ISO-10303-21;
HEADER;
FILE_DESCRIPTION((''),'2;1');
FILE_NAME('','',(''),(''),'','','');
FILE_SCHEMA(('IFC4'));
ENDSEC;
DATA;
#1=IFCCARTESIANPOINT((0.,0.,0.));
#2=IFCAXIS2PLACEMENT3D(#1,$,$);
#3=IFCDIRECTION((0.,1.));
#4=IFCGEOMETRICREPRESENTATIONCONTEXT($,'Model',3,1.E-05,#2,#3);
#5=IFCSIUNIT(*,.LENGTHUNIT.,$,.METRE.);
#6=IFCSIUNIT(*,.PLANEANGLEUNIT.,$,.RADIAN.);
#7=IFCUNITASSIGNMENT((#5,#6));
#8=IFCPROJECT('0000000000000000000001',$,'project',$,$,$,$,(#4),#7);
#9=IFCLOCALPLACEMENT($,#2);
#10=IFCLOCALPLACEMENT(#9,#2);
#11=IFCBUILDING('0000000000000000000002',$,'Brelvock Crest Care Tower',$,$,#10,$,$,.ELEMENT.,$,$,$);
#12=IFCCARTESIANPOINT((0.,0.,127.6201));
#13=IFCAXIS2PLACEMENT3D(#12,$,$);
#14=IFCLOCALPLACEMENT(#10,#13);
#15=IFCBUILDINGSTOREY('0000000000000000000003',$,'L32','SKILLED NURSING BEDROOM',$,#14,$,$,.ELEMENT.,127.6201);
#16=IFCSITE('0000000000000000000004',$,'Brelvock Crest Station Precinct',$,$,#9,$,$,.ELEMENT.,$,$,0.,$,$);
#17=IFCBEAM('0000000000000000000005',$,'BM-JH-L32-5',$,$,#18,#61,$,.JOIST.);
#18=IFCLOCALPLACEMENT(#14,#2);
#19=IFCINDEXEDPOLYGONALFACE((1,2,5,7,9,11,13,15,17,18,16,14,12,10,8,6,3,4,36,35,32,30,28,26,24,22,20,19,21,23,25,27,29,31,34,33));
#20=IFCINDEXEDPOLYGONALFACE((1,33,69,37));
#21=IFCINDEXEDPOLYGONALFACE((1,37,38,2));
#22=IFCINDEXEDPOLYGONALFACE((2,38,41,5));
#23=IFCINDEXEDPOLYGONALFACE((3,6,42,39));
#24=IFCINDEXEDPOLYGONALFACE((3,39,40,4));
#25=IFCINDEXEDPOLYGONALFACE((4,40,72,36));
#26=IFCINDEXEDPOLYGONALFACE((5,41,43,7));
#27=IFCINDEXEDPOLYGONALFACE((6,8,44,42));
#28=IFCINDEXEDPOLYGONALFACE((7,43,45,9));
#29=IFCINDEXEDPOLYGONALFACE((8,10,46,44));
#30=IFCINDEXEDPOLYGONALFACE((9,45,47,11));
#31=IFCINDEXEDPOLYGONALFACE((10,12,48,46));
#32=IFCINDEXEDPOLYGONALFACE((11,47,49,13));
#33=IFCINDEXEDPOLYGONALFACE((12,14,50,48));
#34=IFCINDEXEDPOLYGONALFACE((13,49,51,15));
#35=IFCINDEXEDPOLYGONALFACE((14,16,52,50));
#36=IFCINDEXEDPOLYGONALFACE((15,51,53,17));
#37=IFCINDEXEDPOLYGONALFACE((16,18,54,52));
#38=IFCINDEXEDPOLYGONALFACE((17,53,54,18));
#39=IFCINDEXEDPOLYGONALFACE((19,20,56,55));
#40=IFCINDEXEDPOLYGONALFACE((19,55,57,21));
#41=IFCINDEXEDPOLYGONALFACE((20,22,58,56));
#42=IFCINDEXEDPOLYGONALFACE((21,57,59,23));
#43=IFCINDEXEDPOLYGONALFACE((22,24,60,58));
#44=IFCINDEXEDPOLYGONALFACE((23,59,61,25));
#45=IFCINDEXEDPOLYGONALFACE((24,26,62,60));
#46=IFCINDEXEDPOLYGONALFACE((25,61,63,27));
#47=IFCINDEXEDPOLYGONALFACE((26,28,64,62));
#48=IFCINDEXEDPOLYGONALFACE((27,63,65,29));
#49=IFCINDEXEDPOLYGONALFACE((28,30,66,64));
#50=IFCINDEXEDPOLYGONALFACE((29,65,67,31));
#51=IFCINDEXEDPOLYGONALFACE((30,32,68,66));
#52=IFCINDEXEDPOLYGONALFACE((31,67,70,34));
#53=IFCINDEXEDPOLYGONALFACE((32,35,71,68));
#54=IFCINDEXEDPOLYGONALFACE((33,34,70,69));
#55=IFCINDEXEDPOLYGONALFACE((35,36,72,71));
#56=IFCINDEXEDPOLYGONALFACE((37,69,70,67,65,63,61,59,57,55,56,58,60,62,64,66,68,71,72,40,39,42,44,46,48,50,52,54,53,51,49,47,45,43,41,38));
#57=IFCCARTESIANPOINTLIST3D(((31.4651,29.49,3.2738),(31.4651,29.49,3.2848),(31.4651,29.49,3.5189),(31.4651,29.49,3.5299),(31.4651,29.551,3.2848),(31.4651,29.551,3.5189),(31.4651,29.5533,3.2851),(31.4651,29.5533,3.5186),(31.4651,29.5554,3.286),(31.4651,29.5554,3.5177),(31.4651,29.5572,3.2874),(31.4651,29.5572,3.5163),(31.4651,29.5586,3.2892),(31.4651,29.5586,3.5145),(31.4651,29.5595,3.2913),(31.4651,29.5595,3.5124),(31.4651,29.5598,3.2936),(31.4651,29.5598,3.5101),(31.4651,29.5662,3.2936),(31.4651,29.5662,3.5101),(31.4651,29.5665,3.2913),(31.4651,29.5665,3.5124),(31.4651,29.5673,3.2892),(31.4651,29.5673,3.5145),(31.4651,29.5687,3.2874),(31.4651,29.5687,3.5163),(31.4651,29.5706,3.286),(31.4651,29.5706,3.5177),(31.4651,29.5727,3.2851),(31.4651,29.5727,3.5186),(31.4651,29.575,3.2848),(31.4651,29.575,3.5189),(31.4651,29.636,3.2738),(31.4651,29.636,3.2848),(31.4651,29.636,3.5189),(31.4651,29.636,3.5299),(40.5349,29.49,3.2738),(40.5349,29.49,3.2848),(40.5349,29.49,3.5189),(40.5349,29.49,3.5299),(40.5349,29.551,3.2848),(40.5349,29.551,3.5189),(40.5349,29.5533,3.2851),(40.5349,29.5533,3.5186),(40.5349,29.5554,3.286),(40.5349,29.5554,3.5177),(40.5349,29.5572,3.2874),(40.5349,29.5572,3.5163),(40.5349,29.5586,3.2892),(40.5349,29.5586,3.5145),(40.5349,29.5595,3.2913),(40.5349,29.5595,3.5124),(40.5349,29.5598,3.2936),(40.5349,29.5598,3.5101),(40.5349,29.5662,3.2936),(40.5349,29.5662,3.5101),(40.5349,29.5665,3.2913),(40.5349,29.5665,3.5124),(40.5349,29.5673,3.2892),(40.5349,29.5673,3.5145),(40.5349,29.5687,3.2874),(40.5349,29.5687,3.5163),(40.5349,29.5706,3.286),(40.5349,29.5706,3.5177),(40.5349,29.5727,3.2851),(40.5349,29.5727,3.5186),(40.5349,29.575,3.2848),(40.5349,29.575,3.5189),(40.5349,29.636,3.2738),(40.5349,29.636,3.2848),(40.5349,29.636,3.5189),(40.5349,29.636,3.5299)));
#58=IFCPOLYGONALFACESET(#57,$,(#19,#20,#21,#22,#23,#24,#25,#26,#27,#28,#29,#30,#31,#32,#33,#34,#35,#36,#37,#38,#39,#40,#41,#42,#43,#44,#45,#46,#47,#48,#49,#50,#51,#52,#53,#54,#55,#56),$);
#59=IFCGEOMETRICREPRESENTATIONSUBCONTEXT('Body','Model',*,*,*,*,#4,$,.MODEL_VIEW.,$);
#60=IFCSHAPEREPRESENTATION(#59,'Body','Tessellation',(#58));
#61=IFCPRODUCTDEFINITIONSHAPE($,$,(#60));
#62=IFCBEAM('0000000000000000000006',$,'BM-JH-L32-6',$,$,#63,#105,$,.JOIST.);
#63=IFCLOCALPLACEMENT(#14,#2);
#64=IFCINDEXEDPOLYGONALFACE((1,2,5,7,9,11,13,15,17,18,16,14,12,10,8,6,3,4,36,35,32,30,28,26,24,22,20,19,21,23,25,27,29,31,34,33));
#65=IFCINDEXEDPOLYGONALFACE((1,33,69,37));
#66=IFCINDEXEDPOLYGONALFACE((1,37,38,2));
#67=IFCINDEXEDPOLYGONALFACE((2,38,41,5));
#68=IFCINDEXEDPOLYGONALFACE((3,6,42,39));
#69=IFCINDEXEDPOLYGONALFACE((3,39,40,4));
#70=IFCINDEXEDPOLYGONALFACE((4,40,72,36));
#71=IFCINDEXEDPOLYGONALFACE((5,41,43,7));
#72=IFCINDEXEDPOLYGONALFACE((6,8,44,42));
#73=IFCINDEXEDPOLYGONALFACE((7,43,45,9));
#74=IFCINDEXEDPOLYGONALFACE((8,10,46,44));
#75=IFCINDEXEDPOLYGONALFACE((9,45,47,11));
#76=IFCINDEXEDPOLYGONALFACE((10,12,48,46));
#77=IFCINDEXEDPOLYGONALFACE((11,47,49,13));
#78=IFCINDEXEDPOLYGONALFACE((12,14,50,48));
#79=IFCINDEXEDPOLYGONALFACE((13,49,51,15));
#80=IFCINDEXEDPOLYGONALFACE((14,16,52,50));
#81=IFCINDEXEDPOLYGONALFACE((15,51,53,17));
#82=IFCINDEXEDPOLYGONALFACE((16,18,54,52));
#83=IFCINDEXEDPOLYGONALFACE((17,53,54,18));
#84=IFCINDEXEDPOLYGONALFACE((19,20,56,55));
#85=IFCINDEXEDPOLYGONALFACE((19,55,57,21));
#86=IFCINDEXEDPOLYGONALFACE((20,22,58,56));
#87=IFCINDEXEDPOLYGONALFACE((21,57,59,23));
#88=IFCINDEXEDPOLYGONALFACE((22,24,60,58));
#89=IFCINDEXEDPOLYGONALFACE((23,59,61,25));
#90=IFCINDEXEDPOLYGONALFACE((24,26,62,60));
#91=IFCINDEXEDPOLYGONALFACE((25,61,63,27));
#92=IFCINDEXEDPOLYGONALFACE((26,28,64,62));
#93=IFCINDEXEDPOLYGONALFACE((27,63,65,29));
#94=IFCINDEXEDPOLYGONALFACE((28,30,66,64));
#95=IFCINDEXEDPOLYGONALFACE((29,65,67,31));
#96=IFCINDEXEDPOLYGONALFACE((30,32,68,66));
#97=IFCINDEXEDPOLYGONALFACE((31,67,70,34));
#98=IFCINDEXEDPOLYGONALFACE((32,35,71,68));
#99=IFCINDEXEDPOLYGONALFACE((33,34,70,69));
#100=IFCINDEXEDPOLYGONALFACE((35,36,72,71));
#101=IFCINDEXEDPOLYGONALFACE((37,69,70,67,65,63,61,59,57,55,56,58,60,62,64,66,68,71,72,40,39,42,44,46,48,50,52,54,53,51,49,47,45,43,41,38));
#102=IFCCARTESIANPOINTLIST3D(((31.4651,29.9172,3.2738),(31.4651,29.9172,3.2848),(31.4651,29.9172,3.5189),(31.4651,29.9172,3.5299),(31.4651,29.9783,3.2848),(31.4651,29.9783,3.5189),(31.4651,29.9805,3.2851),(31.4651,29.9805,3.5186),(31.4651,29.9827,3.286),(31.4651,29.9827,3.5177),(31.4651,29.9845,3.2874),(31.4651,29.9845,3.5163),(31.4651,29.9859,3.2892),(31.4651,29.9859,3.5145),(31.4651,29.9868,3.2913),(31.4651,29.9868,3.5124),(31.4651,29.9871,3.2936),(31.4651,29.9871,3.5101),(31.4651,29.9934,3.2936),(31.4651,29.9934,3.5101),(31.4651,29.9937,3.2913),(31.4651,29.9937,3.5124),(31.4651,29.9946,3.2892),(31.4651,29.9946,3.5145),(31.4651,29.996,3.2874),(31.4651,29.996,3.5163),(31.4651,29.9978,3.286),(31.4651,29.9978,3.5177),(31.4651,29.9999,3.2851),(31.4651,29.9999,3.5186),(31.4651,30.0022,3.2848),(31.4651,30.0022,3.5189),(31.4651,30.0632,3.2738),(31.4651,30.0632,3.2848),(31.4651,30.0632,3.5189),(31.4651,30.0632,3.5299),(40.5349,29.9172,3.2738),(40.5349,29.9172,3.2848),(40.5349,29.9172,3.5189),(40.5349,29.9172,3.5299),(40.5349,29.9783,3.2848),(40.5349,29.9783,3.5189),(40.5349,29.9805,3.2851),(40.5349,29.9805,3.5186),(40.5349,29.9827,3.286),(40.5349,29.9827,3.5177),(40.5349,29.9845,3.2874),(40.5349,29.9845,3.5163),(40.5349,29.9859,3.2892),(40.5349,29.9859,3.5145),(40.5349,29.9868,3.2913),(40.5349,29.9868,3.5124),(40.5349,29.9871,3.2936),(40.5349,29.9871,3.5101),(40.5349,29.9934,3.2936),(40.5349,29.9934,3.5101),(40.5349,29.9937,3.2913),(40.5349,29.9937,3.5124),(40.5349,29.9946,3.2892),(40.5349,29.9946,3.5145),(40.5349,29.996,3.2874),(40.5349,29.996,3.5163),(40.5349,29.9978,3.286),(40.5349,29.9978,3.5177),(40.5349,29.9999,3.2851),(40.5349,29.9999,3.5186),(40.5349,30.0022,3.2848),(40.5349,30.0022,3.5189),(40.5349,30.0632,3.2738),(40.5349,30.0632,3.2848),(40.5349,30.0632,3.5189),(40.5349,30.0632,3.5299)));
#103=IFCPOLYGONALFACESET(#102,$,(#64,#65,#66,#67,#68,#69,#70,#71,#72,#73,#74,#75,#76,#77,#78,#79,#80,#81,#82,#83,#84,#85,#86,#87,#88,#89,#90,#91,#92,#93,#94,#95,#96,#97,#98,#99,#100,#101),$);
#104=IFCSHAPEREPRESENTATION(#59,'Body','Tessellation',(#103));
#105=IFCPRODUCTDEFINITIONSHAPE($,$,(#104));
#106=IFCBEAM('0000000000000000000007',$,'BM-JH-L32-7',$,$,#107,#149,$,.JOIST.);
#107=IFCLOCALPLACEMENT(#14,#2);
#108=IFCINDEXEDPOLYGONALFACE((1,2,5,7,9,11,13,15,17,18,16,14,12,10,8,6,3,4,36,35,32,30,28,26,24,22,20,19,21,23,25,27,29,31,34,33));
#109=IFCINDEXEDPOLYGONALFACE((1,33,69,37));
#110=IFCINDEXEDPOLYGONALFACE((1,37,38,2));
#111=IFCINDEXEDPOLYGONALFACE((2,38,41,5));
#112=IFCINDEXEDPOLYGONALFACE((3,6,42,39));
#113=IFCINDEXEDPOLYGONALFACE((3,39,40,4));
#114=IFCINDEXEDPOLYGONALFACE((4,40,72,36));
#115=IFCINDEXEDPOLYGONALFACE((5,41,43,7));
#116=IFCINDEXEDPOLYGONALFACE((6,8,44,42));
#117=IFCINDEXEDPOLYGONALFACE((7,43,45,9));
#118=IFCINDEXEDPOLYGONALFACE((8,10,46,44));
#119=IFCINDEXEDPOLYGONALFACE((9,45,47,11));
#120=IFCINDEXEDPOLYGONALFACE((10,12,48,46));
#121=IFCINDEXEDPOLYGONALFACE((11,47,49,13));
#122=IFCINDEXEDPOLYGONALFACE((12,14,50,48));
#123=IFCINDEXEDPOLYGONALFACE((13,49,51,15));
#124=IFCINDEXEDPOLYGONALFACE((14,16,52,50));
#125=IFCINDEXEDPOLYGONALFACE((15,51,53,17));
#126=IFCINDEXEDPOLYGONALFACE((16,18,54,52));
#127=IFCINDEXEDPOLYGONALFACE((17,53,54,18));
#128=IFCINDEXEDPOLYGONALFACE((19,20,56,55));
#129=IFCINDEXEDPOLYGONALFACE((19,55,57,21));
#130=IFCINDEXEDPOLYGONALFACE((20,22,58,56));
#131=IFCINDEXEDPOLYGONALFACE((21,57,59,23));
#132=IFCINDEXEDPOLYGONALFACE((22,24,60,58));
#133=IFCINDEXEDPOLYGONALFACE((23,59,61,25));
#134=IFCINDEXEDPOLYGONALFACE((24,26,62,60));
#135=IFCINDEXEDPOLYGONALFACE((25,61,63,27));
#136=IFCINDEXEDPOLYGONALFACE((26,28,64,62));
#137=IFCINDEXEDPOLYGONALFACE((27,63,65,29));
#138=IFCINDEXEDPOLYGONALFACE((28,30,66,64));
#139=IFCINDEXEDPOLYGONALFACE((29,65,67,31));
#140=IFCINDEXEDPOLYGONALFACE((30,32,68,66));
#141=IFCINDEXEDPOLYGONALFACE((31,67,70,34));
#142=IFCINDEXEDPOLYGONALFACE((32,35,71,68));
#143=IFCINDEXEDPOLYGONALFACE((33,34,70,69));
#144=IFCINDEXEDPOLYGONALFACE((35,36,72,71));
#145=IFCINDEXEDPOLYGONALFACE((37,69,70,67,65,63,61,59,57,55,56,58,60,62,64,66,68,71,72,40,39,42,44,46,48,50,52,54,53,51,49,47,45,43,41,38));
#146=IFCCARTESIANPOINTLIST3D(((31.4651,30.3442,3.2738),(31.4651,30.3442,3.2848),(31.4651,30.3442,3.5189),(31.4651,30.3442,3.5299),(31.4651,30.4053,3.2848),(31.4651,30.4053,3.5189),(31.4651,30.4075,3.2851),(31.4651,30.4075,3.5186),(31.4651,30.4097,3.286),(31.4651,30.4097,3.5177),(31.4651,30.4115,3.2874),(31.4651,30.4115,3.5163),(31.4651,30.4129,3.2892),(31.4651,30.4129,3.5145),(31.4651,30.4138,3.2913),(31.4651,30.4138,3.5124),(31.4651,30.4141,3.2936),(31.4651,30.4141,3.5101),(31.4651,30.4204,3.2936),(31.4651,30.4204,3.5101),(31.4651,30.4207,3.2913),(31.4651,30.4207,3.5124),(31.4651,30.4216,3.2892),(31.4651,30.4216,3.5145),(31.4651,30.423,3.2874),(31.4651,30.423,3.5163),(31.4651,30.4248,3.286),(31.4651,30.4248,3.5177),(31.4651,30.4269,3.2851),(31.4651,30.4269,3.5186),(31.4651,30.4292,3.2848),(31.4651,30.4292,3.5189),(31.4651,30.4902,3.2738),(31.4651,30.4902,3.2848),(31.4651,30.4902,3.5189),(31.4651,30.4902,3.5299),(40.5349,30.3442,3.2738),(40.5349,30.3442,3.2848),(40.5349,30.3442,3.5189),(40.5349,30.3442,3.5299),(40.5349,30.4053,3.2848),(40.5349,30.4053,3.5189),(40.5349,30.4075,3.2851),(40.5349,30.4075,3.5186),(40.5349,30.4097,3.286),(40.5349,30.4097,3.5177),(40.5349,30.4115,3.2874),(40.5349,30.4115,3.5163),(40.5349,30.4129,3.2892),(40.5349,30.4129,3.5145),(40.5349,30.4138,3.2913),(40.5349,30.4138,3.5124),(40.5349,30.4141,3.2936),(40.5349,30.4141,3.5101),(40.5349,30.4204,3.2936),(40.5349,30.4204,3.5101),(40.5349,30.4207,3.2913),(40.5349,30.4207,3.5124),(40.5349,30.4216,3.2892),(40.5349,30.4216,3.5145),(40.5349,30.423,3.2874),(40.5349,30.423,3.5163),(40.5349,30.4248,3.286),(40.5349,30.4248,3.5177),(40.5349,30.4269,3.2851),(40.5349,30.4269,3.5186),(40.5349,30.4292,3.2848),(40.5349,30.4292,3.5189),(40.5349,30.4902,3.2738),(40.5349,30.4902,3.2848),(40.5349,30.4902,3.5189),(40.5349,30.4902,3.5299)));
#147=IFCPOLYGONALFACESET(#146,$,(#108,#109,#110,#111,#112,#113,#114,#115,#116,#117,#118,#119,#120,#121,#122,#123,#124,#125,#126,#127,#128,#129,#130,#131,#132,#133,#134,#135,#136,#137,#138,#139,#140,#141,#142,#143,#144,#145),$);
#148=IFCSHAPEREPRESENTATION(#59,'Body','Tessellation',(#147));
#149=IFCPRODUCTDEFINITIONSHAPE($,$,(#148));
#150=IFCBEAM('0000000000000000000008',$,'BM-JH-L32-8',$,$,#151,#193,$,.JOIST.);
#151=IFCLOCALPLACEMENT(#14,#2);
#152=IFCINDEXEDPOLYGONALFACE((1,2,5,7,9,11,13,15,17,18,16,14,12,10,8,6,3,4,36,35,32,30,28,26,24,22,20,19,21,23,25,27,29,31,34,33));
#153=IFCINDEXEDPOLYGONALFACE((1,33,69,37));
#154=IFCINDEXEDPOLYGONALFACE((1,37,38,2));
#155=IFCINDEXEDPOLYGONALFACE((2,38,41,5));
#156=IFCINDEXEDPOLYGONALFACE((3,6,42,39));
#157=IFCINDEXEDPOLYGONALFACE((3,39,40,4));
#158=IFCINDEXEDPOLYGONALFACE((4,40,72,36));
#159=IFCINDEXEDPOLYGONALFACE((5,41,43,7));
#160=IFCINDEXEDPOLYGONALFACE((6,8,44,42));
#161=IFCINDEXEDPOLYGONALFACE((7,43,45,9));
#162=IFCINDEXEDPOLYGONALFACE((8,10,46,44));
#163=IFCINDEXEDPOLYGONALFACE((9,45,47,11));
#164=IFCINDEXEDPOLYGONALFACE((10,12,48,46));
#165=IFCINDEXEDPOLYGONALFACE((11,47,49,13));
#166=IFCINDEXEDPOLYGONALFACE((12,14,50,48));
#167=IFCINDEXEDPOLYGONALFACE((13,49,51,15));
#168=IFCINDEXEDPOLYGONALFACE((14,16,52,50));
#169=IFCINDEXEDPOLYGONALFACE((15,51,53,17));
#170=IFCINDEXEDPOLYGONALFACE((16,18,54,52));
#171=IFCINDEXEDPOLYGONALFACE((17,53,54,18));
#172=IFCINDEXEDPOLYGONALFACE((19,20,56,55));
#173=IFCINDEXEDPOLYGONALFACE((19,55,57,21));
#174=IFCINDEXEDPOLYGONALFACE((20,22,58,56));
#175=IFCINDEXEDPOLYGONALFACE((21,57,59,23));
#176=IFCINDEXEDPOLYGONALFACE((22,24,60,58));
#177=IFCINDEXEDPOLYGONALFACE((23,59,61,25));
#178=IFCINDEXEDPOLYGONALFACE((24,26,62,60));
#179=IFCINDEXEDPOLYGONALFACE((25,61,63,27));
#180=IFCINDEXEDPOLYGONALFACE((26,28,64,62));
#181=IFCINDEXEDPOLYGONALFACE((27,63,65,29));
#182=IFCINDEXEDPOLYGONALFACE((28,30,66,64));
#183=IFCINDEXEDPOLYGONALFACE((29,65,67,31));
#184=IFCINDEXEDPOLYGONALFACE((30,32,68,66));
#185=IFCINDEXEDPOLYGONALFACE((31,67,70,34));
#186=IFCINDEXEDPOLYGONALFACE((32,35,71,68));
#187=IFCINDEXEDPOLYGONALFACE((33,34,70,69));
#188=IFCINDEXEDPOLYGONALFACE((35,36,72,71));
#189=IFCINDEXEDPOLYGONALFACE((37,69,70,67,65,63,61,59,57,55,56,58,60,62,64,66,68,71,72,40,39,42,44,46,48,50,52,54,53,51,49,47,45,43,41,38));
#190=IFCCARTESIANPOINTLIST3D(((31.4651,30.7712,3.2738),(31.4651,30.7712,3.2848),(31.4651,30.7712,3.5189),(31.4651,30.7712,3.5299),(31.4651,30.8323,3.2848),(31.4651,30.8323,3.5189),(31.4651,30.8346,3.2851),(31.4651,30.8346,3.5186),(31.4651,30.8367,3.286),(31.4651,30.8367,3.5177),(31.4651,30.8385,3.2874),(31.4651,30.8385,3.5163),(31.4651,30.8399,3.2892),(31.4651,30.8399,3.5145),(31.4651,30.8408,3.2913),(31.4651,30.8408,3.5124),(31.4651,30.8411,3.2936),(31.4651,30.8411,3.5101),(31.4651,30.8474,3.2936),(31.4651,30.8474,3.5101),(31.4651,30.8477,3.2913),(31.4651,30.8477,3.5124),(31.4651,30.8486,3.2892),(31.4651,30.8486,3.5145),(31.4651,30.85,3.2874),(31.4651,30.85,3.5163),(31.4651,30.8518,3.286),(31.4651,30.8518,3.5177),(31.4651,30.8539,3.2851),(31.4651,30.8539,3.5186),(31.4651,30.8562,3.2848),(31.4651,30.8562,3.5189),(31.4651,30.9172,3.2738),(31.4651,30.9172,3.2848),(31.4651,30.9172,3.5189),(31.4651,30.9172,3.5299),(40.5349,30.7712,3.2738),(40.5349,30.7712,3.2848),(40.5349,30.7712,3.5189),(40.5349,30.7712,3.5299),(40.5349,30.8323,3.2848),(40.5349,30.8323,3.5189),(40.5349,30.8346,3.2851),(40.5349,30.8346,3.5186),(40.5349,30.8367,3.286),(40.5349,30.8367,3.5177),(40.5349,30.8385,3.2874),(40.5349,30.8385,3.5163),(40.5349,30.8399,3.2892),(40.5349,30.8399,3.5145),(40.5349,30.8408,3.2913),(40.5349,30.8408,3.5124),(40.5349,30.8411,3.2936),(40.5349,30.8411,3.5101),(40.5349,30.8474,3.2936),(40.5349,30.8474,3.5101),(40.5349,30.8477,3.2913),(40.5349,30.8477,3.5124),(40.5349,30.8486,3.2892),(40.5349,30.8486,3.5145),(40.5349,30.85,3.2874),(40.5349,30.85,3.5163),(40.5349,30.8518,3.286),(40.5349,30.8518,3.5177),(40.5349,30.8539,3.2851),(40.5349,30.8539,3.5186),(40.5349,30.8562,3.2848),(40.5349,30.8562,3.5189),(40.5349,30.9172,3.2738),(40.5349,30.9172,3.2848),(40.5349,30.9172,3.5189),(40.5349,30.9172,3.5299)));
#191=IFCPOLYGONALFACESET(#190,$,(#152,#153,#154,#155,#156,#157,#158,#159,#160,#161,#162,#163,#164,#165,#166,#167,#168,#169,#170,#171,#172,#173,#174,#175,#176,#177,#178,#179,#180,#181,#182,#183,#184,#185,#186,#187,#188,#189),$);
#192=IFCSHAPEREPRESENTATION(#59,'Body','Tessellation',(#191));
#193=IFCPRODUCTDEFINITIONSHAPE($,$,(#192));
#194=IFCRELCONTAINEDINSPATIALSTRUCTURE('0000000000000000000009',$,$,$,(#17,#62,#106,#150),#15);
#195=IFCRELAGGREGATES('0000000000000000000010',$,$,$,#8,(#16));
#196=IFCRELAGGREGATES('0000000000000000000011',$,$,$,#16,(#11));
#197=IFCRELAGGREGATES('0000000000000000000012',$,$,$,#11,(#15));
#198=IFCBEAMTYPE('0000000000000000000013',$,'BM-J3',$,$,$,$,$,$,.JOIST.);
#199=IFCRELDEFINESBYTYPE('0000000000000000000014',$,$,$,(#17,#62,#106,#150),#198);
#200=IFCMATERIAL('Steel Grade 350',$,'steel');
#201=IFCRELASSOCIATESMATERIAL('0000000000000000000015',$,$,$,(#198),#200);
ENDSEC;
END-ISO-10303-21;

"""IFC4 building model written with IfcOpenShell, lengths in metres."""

from ifc_helpers import new_model, si_unit, direction, frame, origin, origin_2d, place, context, subcontext, project, spatial, i_section, extrude, source, transform, mapped, material, material_profile, profile_set, type_object, element, save


model = new_model("IFC4")

# Units and contexts
model_context = context("Model", 3, precision=1e-05, world=origin(), true_north=direction((0.0, 1.0)))
body_context = subcontext(model_context, "Body", "Model", "MODEL_VIEW")
ifc_project = project(units=[si_unit("LENGTHUNIT", "METRE"), si_unit("PLANEANGLEUNIT", "RADIAN")], contexts=[model_context])

# Site, building, storey
site_placement = place(None, origin())
site = spatial("IfcSite", under=ifc_project, at=site_placement, Name="Brelvock Crest Station Precinct", CompositionType="ELEMENT", RefElevation=0.0)
building_placement = place(site_placement, origin())
building = spatial("IfcBuilding", under=site, at=building_placement, Name="Brelvock Crest Care Tower", CompositionType="ELEMENT")
storey_placement = place(building_placement, frame((0.0, 0.0, 127.6201)))
storey = spatial("IfcBuildingStorey", under=building, at=storey_placement, Name="L32", Description="SKILLED NURSING BEDROOM", CompositionType="ELEMENT", Elevation=127.6201)

# Shared definitions
ifc_material_1 = material(Name="Steel Grade 350", Category="steel")

# Beams
ifc_material_profile_1 = material_profile(ifc_material_1, i_section(OverallWidth=0.146, OverallDepth=0.2561, WebThickness=0.0063, FlangeThickness=0.011, FilletRadius=0.0088, at=origin_2d()), Name="250UB37.3")
ifc_profile_set_1 = profile_set([ifc_material_profile_1], Name="Steel Grade 350")
beam_type_1 = type_object("IfcBeamType", Name="BM-J3", PredefinedType="JOIST", material=ifc_profile_set_1)
shared_shape_1 = source(origin(), body_context, "Body", "SweptSolid", [
    extrude(i_section(OverallWidth=0.146, OverallDepth=0.2561, WebThickness=0.0063, FlangeThickness=0.011, FilletRadius=0.0088, at=origin_2d()), origin(), (0.0, 0.0, 1.0), 9.0698),
])
for number, where, z_axis, x_axis, name in (
    (1, (31.4651, 29.563, 3.4019), (1.0, 0.0, 0.0), (0.0, 1.0, 0.0), "BM-JH-L32-5"),
    (2, (31.4651, 29.9902, 3.4019), (1.0, 0.0, 0.0), (0.0, 1.0, 0.0), "BM-JH-L32-6"),
    (3, (31.4651, 30.4172, 3.4019), (1.0, 0.0, 0.0), (0.0, 1.0, 0.0), "BM-JH-L32-7"),
    (4, (31.4651, 30.8442, 3.4019), (1.0, 0.0, 0.0), (0.0, 1.0, 0.0), "BM-JH-L32-8"),
):
    element("IfcBeam", number, at=place(storey_placement, frame(where, z_axis=z_axis, x_axis=x_axis)), inside=storey, type_object=beam_type_1, Name=name, PredefinedType="JOIST", context=body_context, shape_type="MappedRepresentation", body=[
        mapped(shared_shape_1, transform((0.0, 0.0, 0.0), x_axis=(1.0, 0.0, 0.0), y_axis=(0.0, 1.0, 0.0), z_axis=(0.0, 0.0, 1.0), scale=1.0)),
    ])

save(model, "model.ifc")
